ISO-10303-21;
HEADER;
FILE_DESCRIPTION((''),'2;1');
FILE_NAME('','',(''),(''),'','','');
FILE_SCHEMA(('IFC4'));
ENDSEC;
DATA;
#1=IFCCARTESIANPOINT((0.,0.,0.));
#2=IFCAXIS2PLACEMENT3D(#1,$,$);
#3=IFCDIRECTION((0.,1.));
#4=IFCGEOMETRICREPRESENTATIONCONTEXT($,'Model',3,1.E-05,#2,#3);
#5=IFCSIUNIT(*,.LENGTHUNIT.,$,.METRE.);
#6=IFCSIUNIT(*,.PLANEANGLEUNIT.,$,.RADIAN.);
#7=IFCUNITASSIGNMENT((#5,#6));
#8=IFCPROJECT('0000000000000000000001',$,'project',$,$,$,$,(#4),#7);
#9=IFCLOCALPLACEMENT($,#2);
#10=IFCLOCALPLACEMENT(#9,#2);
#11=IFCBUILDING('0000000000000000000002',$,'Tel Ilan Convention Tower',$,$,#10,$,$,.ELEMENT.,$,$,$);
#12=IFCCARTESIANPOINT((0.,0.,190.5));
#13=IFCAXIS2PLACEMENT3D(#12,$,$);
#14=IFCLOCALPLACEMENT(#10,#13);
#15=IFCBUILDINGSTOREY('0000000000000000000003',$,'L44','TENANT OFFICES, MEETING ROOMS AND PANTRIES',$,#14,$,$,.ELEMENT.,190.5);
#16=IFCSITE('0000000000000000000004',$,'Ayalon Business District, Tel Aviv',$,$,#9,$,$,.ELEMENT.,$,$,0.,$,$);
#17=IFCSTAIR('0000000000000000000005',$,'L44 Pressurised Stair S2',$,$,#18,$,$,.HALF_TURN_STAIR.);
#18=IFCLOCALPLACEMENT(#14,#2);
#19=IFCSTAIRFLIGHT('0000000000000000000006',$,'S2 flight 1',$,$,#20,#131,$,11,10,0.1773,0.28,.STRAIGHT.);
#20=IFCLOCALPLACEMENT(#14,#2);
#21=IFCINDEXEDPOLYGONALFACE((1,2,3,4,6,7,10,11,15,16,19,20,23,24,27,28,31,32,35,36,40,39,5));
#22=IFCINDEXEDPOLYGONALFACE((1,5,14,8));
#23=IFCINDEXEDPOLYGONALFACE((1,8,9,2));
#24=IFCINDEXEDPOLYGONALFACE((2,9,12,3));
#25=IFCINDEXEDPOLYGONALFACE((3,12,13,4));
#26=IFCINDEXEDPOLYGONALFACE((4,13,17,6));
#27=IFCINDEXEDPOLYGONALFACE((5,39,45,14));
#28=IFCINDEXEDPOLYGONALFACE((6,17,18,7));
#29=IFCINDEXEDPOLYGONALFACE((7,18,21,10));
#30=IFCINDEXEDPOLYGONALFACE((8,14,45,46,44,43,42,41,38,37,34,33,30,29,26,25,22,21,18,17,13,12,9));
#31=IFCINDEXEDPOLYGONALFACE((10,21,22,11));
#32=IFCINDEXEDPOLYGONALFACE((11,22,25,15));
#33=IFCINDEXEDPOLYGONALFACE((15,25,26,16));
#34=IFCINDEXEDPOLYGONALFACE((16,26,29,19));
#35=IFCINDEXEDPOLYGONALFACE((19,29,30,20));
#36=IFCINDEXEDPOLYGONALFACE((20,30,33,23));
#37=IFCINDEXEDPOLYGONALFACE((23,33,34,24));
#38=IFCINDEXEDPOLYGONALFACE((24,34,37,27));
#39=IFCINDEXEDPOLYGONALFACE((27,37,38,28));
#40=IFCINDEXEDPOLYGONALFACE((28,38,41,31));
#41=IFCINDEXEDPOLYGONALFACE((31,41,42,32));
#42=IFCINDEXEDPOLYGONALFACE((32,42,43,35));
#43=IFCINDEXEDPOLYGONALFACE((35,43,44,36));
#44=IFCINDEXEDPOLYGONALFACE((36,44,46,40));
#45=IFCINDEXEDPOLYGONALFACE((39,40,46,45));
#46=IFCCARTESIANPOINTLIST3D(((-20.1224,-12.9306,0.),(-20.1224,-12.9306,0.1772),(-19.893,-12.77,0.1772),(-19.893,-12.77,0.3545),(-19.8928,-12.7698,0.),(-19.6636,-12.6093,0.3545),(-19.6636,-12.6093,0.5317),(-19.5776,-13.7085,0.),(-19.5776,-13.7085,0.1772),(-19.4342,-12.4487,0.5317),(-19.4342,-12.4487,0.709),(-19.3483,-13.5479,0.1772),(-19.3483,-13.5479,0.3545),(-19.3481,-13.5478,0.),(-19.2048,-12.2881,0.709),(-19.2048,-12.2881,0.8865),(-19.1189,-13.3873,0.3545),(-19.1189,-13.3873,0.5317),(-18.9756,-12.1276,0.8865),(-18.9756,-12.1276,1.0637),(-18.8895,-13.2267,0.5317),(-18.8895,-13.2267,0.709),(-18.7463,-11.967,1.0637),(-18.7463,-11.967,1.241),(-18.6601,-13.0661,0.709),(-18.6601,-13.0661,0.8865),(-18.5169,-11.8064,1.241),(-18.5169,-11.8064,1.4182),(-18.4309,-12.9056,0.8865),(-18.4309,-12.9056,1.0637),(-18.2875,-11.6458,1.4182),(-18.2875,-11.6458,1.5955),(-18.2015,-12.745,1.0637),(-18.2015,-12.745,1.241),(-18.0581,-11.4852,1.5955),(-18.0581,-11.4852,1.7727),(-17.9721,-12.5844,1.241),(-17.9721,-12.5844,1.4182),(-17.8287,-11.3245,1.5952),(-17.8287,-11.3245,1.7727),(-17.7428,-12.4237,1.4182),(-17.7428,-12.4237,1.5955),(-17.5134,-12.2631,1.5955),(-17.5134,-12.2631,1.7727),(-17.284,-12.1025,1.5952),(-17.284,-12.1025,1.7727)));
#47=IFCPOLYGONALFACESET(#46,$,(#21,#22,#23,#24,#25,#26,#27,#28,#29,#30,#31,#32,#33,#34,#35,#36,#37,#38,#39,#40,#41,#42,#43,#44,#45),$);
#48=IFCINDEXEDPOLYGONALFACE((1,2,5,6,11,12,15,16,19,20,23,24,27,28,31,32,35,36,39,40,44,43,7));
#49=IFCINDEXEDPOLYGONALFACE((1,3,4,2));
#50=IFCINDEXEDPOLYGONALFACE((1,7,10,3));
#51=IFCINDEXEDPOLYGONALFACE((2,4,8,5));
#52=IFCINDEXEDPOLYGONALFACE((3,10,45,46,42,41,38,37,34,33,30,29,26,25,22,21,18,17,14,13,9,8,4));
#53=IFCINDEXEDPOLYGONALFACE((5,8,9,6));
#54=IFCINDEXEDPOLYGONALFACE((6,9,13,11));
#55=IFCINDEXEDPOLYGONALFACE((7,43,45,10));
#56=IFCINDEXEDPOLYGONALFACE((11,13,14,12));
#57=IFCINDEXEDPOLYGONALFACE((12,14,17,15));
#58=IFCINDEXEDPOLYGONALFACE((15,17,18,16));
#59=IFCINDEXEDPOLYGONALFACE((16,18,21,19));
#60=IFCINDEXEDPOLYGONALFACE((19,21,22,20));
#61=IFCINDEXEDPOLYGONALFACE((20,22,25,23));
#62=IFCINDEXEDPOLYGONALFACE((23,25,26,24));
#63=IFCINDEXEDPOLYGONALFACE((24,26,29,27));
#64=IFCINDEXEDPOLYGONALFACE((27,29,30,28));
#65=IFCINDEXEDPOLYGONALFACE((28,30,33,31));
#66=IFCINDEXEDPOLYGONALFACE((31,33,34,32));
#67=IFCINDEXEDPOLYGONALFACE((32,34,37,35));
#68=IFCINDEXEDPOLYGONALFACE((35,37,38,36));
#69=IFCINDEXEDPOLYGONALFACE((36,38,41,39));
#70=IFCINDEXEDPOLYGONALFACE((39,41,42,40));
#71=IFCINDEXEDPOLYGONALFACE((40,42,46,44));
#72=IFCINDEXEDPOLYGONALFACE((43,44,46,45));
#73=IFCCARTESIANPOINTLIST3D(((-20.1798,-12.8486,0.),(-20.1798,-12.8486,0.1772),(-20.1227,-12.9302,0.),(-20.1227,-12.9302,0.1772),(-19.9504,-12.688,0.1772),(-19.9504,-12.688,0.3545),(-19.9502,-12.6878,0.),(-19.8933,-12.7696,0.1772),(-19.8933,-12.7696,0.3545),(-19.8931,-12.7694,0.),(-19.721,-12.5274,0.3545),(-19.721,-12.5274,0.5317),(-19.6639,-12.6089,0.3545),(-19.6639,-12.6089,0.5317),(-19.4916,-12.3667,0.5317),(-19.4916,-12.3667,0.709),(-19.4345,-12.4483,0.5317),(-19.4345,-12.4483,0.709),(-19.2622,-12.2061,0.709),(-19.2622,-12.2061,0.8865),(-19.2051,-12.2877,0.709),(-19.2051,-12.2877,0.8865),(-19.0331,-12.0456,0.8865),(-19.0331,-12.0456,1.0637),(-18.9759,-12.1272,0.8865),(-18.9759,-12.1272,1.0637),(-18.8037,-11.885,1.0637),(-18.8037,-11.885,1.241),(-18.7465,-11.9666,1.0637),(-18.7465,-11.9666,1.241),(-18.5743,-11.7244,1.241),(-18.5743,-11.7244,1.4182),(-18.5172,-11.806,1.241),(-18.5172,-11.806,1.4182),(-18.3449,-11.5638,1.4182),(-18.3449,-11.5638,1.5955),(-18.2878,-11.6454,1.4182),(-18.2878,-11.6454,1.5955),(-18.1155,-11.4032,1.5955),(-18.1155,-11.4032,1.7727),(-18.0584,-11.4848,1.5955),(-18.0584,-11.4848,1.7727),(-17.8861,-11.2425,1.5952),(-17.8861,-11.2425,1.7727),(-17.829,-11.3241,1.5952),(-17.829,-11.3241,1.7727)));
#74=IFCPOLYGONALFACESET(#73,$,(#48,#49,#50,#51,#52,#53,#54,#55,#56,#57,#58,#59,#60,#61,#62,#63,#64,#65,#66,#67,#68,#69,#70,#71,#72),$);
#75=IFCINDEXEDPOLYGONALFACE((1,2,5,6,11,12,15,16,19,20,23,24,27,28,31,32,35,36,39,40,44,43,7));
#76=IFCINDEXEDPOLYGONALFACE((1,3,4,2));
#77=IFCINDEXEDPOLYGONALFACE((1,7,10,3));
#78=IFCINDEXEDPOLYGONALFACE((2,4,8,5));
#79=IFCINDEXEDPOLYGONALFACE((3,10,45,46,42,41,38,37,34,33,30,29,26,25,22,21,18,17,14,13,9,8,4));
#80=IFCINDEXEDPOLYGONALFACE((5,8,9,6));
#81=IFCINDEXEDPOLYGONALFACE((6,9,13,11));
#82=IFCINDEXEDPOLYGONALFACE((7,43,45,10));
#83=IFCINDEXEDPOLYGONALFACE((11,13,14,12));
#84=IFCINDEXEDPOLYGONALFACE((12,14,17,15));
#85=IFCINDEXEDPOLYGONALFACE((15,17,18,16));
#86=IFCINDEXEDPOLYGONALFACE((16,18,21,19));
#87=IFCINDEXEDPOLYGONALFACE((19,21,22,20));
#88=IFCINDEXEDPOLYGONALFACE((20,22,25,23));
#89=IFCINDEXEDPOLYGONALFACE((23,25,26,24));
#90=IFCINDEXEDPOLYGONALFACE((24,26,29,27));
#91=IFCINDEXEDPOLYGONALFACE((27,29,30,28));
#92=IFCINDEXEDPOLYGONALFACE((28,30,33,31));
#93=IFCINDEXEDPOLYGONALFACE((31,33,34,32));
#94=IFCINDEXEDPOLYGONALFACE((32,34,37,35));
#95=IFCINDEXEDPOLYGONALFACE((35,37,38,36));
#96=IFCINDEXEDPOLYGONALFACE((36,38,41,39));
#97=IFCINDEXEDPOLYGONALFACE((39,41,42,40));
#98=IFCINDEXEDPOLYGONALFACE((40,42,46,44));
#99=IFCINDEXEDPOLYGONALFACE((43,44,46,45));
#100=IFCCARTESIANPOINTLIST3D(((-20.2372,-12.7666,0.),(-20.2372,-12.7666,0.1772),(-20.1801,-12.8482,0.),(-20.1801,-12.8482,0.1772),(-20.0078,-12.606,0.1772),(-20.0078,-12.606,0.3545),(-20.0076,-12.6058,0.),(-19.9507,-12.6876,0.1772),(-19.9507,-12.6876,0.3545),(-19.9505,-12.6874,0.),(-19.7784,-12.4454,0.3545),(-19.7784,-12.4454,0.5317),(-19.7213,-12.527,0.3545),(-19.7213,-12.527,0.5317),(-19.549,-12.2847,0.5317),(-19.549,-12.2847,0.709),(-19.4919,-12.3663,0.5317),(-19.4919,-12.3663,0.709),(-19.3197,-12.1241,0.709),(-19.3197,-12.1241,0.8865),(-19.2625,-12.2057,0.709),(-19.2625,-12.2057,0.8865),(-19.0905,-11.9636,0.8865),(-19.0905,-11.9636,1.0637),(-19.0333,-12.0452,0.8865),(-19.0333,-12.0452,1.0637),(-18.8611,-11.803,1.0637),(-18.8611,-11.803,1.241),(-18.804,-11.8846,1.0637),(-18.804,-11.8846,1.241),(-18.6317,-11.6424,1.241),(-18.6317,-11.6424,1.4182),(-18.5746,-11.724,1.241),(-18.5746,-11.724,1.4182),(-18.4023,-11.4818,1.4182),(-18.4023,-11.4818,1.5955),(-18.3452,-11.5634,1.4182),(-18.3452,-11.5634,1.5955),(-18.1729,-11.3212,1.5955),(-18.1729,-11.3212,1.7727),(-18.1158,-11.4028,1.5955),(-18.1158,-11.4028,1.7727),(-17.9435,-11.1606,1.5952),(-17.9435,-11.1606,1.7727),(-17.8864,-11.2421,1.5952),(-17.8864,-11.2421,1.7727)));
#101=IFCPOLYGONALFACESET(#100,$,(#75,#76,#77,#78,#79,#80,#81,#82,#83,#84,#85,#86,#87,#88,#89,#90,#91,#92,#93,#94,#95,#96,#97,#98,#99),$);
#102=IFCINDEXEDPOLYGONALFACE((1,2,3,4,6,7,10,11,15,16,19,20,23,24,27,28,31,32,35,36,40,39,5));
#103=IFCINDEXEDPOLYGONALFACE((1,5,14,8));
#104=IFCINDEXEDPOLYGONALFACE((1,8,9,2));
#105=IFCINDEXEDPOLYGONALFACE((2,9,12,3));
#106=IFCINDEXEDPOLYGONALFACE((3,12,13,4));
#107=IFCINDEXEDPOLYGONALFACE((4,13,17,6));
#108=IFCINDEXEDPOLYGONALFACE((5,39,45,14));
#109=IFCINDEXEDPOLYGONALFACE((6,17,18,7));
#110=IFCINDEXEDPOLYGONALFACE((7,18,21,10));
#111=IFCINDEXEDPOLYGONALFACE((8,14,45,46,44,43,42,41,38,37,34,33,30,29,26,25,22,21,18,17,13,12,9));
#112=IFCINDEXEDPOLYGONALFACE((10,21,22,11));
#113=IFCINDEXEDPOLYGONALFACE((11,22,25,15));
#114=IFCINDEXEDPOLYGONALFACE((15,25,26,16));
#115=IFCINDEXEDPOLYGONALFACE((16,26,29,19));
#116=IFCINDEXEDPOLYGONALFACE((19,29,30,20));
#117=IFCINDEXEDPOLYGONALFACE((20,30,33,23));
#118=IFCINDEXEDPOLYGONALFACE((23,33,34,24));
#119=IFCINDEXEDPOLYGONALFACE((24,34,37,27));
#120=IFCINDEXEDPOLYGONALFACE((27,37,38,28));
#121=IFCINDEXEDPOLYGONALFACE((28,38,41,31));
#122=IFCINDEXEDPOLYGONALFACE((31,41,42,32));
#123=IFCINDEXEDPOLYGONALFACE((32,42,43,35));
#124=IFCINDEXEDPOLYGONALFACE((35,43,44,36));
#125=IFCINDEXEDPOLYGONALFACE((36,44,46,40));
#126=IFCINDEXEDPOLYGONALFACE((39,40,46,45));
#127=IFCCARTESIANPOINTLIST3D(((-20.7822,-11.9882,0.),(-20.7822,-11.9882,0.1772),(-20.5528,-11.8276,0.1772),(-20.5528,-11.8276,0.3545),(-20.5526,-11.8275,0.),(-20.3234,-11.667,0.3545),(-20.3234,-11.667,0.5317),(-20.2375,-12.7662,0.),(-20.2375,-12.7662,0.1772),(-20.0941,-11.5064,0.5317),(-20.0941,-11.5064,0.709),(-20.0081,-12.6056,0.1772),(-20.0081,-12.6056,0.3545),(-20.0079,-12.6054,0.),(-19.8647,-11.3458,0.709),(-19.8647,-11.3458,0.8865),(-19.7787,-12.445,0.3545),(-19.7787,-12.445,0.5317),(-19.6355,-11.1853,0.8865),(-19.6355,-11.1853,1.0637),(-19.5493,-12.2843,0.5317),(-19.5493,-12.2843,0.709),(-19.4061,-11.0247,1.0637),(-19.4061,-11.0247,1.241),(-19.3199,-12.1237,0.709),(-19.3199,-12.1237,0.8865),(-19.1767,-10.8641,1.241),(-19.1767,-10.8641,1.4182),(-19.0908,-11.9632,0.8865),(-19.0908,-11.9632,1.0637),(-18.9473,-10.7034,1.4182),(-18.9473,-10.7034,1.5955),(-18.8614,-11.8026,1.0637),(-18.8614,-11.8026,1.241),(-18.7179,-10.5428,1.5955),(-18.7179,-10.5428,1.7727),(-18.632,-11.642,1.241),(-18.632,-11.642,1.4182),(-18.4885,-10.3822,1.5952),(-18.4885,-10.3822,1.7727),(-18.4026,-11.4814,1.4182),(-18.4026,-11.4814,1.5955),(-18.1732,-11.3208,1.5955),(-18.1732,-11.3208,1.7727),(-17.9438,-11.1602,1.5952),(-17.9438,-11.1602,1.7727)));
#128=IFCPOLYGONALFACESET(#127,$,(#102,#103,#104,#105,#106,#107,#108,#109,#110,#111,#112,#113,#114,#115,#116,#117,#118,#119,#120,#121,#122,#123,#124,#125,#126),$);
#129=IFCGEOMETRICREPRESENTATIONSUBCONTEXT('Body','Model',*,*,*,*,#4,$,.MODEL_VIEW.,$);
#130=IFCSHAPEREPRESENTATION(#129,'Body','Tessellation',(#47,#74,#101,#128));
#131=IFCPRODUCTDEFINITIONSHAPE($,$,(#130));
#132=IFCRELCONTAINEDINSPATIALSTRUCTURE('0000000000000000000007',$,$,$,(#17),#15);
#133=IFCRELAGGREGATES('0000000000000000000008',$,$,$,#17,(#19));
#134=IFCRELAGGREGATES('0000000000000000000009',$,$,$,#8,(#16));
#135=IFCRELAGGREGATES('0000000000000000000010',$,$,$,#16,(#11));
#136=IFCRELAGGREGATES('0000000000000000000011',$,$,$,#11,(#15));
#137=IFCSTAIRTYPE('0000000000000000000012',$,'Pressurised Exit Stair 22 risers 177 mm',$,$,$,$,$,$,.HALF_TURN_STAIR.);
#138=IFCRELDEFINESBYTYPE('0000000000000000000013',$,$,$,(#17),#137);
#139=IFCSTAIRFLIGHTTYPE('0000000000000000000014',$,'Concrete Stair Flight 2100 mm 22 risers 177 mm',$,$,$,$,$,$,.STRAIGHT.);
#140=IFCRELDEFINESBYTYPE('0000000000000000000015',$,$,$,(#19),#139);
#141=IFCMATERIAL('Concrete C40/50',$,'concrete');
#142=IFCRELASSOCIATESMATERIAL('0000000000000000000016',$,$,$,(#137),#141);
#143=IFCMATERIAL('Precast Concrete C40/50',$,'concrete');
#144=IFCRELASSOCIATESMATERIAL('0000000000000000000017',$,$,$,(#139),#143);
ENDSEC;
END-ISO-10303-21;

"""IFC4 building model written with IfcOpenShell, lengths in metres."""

from ifc_helpers import new_model, si_unit, direction, frame, origin, place, context, subcontext, project, spatial, polyline, outline, extrude, material, type_object, element, aggregate, save


model = new_model("IFC4")

# Units and contexts
model_context = context("Model", 3, precision=1e-05, world=origin(), true_north=direction((0.0, 1.0)))
body_context = subcontext(model_context, "Body", "Model", "MODEL_VIEW")
ifc_project = project(units=[si_unit("LENGTHUNIT", "METRE"), si_unit("PLANEANGLEUNIT", "RADIAN")], contexts=[model_context])

# Site, building, storey
site_placement = place(None, origin())
site = spatial("IfcSite", under=ifc_project, at=site_placement, Name="Ayalon Business District, Tel Aviv", CompositionType="ELEMENT", RefElevation=0.0)
building_placement = place(site_placement, origin())
building = spatial("IfcBuilding", under=site, at=building_placement, Name="Tel Ilan Convention Tower", CompositionType="ELEMENT")
storey_placement = place(building_placement, frame((0.0, 0.0, 190.5)))
storey = spatial("IfcBuildingStorey", under=building, at=storey_placement, Name="L44", Description="TENANT OFFICES, MEETING ROOMS AND PANTRIES", CompositionType="ELEMENT", Elevation=190.5)

# Stair, stair flight
ifc_material_1 = material(Name="Concrete C40/50", Category="concrete")
stair_type = type_object("IfcStairType", Name="Pressurised Exit Stair 22 risers 177 mm", PredefinedType="HALF_TURN_STAIR", material=ifc_material_1)
ifc_material_2 = material(Name="Precast Concrete C40/50", Category="concrete")
stair_flight_type = type_object("IfcStairFlightType", Name="Concrete Stair Flight 2100 mm 22 risers 177 mm", PredefinedType="STRAIGHT", material=ifc_material_2)
stair_1_placement = place(storey_placement, origin())
stair_1 = element("IfcStair", 1, at=stair_1_placement, inside=storey, type_object=stair_type, Name="L44 Pressurised Stair S2", PredefinedType="HALF_TURN_STAIR")
stair_flight_1_placement = place(storey_placement, frame((-20.1799, -12.8484, 0.0), z_axis=(0.0, 0.0, 1.0), x_axis=(0.819152, 0.573576, 0.0)))
stair_flight_1 = element("IfcStairFlight", 2, at=stair_flight_1_placement, type_object=stair_flight_type, Name="S2 flight 1", NumberOfRisers=11, NumberOfTreads=10, PredefinedType="STRAIGHT", RiserHeight=0.1773, TreadLength=0.28, context=body_context, shape_type="SweptSolid", body=[
    extrude(outline(polyline([(0.0, 0.0), (0.0, 0.1772), (0.28, 0.1772), (0.28, 0.3545), (0.5601, 0.3545), (0.5601, 0.5317), (0.8401, 0.5317), (0.8401, 0.709), (1.1201, 0.709), (1.1201, 0.8865), (1.3999, 0.8865), (1.3999, 1.0637), (1.6799, 1.0637), (1.6799, 1.241), (1.96, 1.241), (1.96, 1.4182), (2.24, 1.4182), (2.24, 1.5955), (2.52, 1.5955), (2.52, 1.7727), (2.8, 1.7727), (2.8, 1.95), (2.8, 1.5952), (0.2803, 0.0), (0.0, 0.0)])), frame((0.0, -0.1003, 0.0), z_axis=(0.0, -1.0, 0.0), x_axis=(1.0, 0.0, 0.0)), (0.0, 0.0, 1.0), 0.9497),
    extrude(outline(polyline([(0.0, 0.0), (0.0, 0.1772), (0.28, 0.1772), (0.28, 0.3545), (0.5601, 0.3545), (0.5601, 0.5317), (0.8401, 0.5317), (0.8401, 0.709), (1.1201, 0.709), (1.1201, 0.8865), (1.3999, 0.8865), (1.3999, 1.0637), (1.6799, 1.0637), (1.6799, 1.241), (1.96, 1.241), (1.96, 1.4182), (2.24, 1.4182), (2.24, 1.5955), (2.52, 1.5955), (2.52, 1.7727), (2.8, 1.7727), (2.8, 1.95), (2.8, 1.5952), (0.2803, 0.0), (0.0, 0.0)])), frame((0.0, -0.0002, 0.0), z_axis=(0.0, -1.0, 0.0), x_axis=(1.0, 0.0, 0.0)), (0.0, 0.0, 1.0), 0.0996),
    extrude(outline(polyline([(0.0, 0.0), (0.0, 0.1772), (0.28, 0.1772), (0.28, 0.3545), (0.5601, 0.3545), (0.5601, 0.5317), (0.8401, 0.5317), (0.8401, 0.709), (1.1201, 0.709), (1.1201, 0.8865), (1.3999, 0.8865), (1.3999, 1.0637), (1.6799, 1.0637), (1.6799, 1.241), (1.96, 1.241), (1.96, 1.4182), (2.24, 1.4182), (2.24, 1.5955), (2.52, 1.5955), (2.52, 1.7727), (2.8, 1.7727), (2.8, 1.95), (2.8, 1.5952), (0.2803, 0.0), (0.0, 0.0)])), frame((0.0, 0.0999, 0.0), z_axis=(0.0, -1.0, 0.0), x_axis=(1.0, 0.0, 0.0)), (0.0, 0.0, 1.0), 0.0996),
    extrude(outline(polyline([(0.0, 0.0), (0.0, 0.1772), (0.28, 0.1772), (0.28, 0.3545), (0.5601, 0.3545), (0.5601, 0.5317), (0.8401, 0.5317), (0.8401, 0.709), (1.1201, 0.709), (1.1201, 0.8865), (1.3999, 0.8865), (1.3999, 1.0637), (1.6799, 1.0637), (1.6799, 1.241), (1.96, 1.241), (1.96, 1.4182), (2.24, 1.4182), (2.24, 1.5955), (2.52, 1.5955), (2.52, 1.7727), (2.8, 1.7727), (2.8, 1.95), (2.8, 1.5952), (0.2803, 0.0), (0.0, 0.0)])), frame((0.0, 1.05, 0.0), z_axis=(0.0, -1.0, 0.0), x_axis=(1.0, 0.0, 0.0)), (0.0, 0.0, 1.0), 0.9497),
])
aggregate(stair_1, [stair_flight_1])

save(model, "model.ifc")
